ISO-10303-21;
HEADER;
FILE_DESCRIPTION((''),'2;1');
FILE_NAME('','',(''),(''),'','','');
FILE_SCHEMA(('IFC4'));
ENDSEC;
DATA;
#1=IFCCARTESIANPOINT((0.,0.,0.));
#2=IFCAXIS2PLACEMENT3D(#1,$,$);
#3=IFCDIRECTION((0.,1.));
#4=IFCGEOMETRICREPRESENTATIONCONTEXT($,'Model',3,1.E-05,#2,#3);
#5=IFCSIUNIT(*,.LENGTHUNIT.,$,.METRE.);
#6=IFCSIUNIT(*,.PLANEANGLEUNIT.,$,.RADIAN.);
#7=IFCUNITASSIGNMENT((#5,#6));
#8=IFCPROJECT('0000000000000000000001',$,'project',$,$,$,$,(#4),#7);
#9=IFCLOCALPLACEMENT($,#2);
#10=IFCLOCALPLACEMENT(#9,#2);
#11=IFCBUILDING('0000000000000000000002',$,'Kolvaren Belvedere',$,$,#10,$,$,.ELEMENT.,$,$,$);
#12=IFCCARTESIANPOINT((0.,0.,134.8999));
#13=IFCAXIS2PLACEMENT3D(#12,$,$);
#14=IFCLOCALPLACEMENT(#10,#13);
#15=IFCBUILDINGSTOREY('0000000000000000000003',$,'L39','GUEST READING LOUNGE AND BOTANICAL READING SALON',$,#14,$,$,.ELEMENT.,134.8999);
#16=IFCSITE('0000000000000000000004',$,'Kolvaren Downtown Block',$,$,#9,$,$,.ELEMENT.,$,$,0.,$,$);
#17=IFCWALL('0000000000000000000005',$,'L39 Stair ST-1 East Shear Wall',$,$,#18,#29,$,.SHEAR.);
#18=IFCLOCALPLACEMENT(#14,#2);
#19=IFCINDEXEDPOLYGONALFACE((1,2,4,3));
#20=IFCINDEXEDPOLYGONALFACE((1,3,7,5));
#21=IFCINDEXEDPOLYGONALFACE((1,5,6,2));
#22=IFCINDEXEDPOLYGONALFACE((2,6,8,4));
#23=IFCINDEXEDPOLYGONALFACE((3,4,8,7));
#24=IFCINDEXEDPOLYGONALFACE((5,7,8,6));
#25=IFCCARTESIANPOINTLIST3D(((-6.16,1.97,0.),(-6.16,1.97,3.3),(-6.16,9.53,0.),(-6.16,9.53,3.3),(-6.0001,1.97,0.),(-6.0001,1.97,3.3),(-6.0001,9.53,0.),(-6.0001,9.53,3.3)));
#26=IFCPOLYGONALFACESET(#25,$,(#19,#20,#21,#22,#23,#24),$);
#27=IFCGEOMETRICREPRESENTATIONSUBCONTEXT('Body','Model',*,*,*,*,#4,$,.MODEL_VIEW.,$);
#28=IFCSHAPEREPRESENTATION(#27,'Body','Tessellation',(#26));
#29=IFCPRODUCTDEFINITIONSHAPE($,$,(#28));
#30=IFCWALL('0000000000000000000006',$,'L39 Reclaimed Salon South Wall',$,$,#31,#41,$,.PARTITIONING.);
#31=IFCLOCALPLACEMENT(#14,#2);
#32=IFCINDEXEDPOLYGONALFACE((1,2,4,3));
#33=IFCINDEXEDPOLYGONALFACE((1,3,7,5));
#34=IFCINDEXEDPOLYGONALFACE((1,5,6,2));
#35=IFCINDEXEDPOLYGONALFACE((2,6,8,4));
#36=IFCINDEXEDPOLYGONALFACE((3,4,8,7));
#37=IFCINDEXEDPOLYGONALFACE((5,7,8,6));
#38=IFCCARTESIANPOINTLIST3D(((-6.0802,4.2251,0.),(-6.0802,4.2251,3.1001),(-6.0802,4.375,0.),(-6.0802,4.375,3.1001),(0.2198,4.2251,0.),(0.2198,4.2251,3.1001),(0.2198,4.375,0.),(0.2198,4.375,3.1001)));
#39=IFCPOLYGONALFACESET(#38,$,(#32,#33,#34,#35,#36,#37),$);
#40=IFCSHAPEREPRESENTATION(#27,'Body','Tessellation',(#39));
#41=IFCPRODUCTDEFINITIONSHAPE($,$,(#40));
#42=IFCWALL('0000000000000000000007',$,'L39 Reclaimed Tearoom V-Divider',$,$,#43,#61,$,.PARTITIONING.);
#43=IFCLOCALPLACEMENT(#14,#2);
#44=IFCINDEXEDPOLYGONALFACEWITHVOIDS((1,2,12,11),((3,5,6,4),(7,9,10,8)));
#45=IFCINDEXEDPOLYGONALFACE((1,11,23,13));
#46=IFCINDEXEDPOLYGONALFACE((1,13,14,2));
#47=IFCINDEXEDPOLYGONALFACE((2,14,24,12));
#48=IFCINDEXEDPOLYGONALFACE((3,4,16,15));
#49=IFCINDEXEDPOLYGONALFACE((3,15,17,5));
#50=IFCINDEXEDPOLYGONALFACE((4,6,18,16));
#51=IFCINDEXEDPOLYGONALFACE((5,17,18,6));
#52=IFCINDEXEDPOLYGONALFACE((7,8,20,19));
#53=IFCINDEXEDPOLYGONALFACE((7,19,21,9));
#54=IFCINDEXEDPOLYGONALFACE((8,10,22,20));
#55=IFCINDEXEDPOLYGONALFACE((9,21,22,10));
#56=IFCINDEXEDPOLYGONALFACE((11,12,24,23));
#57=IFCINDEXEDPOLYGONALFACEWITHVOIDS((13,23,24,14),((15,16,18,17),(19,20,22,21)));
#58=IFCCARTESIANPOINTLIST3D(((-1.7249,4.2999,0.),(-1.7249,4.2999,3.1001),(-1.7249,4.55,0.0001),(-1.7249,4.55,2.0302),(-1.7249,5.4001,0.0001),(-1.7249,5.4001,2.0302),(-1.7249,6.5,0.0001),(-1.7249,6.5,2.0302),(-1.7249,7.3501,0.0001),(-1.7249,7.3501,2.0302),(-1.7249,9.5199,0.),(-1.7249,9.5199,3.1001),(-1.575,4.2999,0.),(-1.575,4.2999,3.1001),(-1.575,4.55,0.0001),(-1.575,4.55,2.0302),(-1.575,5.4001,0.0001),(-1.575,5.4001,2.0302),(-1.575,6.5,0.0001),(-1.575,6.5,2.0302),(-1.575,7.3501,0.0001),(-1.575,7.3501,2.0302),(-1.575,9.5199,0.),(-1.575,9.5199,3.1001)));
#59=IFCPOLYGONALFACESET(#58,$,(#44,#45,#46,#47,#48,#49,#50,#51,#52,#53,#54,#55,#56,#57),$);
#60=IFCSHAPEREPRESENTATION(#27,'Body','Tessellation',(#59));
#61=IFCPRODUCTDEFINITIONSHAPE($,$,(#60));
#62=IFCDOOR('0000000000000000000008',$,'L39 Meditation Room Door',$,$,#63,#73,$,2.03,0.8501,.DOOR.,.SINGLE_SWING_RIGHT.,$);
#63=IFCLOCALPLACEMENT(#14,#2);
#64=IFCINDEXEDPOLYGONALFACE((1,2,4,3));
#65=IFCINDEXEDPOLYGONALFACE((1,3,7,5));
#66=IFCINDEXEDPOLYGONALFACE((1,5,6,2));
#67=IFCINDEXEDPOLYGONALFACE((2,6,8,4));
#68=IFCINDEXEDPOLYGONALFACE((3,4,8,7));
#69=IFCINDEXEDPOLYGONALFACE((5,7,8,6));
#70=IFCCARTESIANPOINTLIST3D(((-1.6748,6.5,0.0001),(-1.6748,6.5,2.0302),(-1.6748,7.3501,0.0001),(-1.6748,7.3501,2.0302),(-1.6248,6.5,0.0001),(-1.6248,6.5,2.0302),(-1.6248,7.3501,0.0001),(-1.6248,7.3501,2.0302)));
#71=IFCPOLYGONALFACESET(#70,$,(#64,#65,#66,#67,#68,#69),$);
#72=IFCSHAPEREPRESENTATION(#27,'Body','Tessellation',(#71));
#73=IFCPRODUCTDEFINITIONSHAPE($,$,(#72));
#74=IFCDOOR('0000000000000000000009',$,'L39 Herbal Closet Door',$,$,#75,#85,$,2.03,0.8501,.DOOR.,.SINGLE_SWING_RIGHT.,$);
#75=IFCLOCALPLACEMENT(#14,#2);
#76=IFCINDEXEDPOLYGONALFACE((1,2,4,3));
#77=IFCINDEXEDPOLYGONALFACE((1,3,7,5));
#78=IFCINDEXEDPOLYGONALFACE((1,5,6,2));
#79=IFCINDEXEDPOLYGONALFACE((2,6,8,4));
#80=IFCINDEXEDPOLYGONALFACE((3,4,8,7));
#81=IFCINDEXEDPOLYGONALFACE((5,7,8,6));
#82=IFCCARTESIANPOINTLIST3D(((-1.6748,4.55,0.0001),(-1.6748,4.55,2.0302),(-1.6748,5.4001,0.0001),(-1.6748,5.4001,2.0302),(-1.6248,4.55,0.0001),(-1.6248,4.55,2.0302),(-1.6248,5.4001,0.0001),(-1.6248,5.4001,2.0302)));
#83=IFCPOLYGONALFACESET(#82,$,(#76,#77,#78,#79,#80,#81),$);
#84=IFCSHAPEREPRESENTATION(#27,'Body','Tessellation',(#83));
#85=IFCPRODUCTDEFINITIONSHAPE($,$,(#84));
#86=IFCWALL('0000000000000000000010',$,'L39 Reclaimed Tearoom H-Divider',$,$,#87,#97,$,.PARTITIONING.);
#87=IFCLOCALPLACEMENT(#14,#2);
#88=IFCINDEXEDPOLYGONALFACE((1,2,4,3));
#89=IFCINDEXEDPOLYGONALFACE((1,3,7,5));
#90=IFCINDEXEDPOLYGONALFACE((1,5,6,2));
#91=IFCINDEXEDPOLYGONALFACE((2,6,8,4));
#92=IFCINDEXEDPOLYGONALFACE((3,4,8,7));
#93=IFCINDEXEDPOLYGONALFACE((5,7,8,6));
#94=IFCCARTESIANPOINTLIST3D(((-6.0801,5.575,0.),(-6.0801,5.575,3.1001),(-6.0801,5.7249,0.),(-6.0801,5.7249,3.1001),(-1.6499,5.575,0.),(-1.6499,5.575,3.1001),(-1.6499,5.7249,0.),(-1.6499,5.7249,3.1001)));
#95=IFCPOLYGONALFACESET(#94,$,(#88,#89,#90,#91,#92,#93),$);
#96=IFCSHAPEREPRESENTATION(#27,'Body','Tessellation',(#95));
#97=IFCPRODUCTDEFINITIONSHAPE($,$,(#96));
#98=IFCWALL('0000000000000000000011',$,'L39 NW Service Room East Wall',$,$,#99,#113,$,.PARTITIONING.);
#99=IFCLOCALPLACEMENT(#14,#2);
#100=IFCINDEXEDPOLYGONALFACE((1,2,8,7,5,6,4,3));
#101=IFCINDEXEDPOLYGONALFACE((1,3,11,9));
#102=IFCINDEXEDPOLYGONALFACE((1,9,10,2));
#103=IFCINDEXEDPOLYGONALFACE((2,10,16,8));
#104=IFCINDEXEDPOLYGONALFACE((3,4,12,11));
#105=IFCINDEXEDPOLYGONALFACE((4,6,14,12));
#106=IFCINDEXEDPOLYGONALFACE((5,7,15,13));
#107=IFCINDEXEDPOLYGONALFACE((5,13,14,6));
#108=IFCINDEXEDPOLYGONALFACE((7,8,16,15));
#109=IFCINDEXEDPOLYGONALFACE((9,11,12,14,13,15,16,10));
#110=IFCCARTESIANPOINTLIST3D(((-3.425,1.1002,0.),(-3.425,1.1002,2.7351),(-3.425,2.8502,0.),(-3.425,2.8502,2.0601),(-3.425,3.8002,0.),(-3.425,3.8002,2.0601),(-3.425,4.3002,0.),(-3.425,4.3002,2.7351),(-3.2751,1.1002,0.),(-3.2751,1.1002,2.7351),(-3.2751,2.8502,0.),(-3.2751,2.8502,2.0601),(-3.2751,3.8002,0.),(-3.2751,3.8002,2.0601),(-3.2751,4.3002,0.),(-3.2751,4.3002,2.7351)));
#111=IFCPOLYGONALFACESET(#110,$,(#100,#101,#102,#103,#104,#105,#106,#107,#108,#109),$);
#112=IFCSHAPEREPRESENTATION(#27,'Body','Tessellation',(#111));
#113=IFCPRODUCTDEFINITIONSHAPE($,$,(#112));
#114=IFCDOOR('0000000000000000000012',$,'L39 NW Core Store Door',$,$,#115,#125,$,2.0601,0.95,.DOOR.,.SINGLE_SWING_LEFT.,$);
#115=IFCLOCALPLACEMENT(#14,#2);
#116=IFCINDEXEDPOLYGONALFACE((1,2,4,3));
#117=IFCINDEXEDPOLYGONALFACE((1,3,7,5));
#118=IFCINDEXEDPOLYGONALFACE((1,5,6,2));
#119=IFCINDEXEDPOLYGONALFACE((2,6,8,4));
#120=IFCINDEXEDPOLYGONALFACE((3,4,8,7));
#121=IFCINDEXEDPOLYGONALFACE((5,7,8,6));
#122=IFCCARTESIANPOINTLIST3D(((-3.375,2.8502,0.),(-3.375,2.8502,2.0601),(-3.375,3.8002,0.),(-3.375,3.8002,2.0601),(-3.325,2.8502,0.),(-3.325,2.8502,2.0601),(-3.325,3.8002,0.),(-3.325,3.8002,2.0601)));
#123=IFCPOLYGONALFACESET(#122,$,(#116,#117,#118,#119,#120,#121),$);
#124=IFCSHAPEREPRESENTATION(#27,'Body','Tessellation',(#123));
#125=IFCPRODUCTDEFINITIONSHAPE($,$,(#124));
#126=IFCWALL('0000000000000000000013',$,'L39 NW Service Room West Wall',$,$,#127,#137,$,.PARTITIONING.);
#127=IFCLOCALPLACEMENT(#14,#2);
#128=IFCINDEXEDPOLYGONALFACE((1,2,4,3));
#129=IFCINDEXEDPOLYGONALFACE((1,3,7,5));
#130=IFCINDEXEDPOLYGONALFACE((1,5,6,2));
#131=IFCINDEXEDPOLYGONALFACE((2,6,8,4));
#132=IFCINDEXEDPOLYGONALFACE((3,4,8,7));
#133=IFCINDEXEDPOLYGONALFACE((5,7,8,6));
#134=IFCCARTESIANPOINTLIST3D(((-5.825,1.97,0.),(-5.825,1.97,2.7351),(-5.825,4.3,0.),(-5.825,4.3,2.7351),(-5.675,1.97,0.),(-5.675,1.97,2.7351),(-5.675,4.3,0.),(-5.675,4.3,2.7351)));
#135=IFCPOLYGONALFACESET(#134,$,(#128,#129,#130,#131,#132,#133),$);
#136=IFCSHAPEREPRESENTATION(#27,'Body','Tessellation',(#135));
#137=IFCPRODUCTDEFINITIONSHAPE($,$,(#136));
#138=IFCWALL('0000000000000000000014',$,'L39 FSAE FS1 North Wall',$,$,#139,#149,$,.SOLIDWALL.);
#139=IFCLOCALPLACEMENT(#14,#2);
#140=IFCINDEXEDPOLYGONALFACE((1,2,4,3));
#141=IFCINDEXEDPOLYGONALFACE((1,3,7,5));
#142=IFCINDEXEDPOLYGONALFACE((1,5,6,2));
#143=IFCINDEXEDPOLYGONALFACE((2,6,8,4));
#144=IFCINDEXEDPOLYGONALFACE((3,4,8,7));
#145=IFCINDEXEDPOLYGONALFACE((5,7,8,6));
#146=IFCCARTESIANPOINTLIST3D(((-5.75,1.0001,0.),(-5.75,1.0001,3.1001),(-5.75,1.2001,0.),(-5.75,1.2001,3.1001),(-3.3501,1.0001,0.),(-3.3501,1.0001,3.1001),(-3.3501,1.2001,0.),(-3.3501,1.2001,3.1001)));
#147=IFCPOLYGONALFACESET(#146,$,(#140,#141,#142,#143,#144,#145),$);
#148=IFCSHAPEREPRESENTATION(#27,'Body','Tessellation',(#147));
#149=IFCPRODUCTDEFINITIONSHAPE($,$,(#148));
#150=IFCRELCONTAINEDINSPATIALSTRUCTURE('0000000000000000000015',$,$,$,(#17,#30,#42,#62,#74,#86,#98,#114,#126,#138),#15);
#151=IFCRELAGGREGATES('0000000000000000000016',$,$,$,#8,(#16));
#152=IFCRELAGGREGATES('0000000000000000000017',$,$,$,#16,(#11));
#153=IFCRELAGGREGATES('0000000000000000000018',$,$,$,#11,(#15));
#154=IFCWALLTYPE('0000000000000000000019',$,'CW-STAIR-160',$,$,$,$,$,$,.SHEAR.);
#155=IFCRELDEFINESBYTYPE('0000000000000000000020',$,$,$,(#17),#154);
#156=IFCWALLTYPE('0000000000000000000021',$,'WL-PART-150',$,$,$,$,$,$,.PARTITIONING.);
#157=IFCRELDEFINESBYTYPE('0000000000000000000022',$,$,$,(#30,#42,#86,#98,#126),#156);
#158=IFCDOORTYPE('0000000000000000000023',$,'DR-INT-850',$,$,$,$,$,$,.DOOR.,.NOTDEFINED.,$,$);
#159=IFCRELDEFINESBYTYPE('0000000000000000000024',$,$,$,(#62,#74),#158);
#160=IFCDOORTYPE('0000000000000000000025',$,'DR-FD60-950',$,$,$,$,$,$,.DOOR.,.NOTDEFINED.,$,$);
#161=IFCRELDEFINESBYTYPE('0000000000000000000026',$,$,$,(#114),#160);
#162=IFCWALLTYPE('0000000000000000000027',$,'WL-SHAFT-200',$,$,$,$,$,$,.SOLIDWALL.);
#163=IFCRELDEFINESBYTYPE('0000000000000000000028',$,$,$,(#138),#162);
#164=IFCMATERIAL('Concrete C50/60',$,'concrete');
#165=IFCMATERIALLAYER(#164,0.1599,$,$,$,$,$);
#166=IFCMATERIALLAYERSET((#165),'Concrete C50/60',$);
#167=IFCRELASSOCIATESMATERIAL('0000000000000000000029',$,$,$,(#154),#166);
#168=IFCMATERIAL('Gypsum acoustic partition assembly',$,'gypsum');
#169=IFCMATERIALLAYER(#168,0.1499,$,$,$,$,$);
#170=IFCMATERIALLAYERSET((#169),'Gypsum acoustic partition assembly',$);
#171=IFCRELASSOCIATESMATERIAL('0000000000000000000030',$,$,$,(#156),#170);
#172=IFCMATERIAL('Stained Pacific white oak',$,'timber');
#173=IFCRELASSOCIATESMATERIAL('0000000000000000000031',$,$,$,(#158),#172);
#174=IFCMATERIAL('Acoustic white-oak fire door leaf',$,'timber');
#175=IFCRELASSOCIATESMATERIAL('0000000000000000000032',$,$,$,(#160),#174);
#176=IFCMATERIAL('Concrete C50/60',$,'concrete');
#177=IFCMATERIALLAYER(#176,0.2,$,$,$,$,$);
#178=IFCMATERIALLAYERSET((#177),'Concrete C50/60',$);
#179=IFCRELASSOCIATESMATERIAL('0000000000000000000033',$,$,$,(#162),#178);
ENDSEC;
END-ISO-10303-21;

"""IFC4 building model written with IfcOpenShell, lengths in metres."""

from ifc_helpers import new_model, si_unit, direction, frame, frame_2d, origin, place, context, subcontext, project, spatial, rectangle, extrude, material, layer, layer_set, type_object, element, fill, save


model = new_model("IFC4")

# Units and contexts
model_context = context("Model", 3, precision=1e-05, world=origin(), true_north=direction((0.0, 1.0)))
body_context = subcontext(model_context, "Body", "Model", "MODEL_VIEW")
ifc_project = project(units=[si_unit("LENGTHUNIT", "METRE"), si_unit("PLANEANGLEUNIT", "RADIAN")], contexts=[model_context])

# Site, building, storey
site_placement = place(None, origin())
site = spatial("IfcSite", under=ifc_project, at=site_placement, Name="Kolvaren Downtown Block", CompositionType="ELEMENT", RefElevation=0.0)
building_placement = place(site_placement, origin())
building = spatial("IfcBuilding", under=site, at=building_placement, Name="Kolvaren Belvedere", CompositionType="ELEMENT")
storey_placement = place(building_placement, frame((0.0, 0.0, 134.8999)))
storey = spatial("IfcBuildingStorey", under=building, at=storey_placement, Name="L39", Description="GUEST READING LOUNGE AND BOTANICAL READING SALON", CompositionType="ELEMENT", Elevation=134.8999)

# Shared definitions
ifc_material_1 = material(Name="Concrete C50/60", Category="concrete")
ifc_layer_1 = layer(ifc_material_1, 0.1599)
ifc_layer_set_1 = layer_set([ifc_layer_1], Name="Concrete C50/60")
wall_type_1 = type_object("IfcWallType", Name="CW-STAIR-160", PredefinedType="SHEAR", material=ifc_layer_set_1)

# Walls
for number, where, z_axis, x_axis, name in (
    (1, (-6.0801, 1.97, 0.0), (0.0, 0.0, 1.0), (0.0, 1.0, 0.0), "L39 Stair ST-1 East Shear Wall"),
):
    element("IfcWall", number, at=place(storey_placement, frame(where, z_axis=z_axis, x_axis=x_axis)), inside=storey, type_object=wall_type_1, Name=name, PredefinedType="SHEAR", context=body_context, shape_type="SweptSolid", body=[
        extrude(rectangle(XDim=7.5601, YDim=0.1599, at=frame_2d((3.78, 0.0))), origin(), (0.0, 0.0, 1.0), 3.3),
    ])
ifc_material_2 = material(Name="Gypsum acoustic partition assembly", Category="gypsum")
ifc_layer_2 = layer(ifc_material_2, 0.1499)
ifc_layer_set_2 = layer_set([ifc_layer_2], Name="Gypsum acoustic partition assembly")
wall_type_2 = type_object("IfcWallType", Name="WL-PART-150", PredefinedType="PARTITIONING", material=ifc_layer_set_2)
wall_1_placement = place(storey_placement, frame((-6.0801, 4.3, 0.0), z_axis=(0.0, 0.0, 1.0), x_axis=(1.0, 0.0, 0.0)))
element("IfcWall", 2, at=wall_1_placement, inside=storey, type_object=wall_type_2, Name="L39 Reclaimed Salon South Wall", PredefinedType="PARTITIONING", context=body_context, shape_type="SweptSolid", body=[
    extrude(rectangle(XDim=6.3, YDim=0.1499, at=frame_2d((3.1499, 0.0))), origin(), (0.0, 0.0, 1.0), 3.1001),
])

# Wall, openings, doors
wall_2_placement = place(storey_placement, frame((-1.6499, 4.3, 0.0), z_axis=(0.0, 0.0, 1.0), x_axis=(0.0, 1.0, 0.0)))
wall_2 = element("IfcWall", 3, at=wall_2_placement, inside=storey, type_object=wall_type_2, Name="L39 Reclaimed Tearoom V-Divider", PredefinedType="PARTITIONING", context=body_context, shape_type="SweptSolid", body=[
    extrude(rectangle(XDim=5.22, YDim=0.1499, at=frame_2d((2.6099, 0.0))), origin(), (0.0, 0.0, 1.0), 3.1001),
])
opening_1_placement = place(wall_2_placement, frame((2.2, 0.0, 0.0)))
opening_1 = element("IfcOpeningElement", 4, at=opening_1_placement, cuts=wall_2, PredefinedType="OPENING", context=body_context, shape_type="SweptSolid", body=[
    extrude(rectangle(XDim=0.8501, YDim=2.03, at=frame_2d((0.425, 1.0151))), frame((0.0, 0.085, 0.0), z_axis=(0.0, -1.0, 0.0), x_axis=(1.0, 0.0, 0.0)), (0.0, 0.0, 1.0), 0.1699),
])
opening_2_placement = place(wall_2_placement, frame((0.25, 0.0, 0.0)))
opening_2 = element("IfcOpeningElement", 5, at=opening_2_placement, cuts=wall_2, PredefinedType="OPENING", context=body_context, shape_type="SweptSolid", body=[
    extrude(rectangle(XDim=0.8501, YDim=2.03, at=frame_2d((0.425, 1.0151))), frame((0.0, 0.085, 0.0), z_axis=(0.0, -1.0, 0.0), x_axis=(1.0, 0.0, 0.0)), (0.0, 0.0, 1.0), 0.1699),
])
ifc_material_3 = material(Name="Stained Pacific white oak", Category="timber")
door_type_1 = type_object("IfcDoorType", Name="DR-INT-850", OperationType="NOTDEFINED", PredefinedType="DOOR", material=ifc_material_3)
door_1_placement = place(opening_1_placement, origin())
door_1 = element("IfcDoor", 6, at=door_1_placement, inside=storey, type_object=door_type_1, Name="L39 Meditation Room Door", OperationType="SINGLE_SWING_RIGHT", OverallHeight=2.03, OverallWidth=0.8501, PredefinedType="DOOR", context=body_context, shape_type="SweptSolid", body=[
    extrude(rectangle(XDim=0.8501, YDim=2.03, at=frame_2d((0.425, 1.0151))), frame((0.0, 0.0249, 0.0), z_axis=(0.0, -1.0, 0.0), x_axis=(1.0, 0.0, 0.0)), (0.0, 0.0, 1.0), 0.05),
])
fill(opening_1, door_1)
door_2_placement = place(opening_2_placement, origin())
door_2 = element("IfcDoor", 7, at=door_2_placement, inside=storey, type_object=door_type_1, Name="L39 Herbal Closet Door", OperationType="SINGLE_SWING_RIGHT", OverallHeight=2.03, OverallWidth=0.8501, PredefinedType="DOOR", context=body_context, shape_type="SweptSolid", body=[
    extrude(rectangle(XDim=0.8501, YDim=2.03, at=frame_2d((0.425, 1.0151))), frame((0.0, 0.0249, 0.0), z_axis=(0.0, -1.0, 0.0), x_axis=(1.0, 0.0, 0.0)), (0.0, 0.0, 1.0), 0.05),
])
fill(opening_2, door_2)

# Wall
wall_3_placement = place(storey_placement, frame((-6.0801, 5.6499, 0.0), z_axis=(0.0, 0.0, 1.0), x_axis=(1.0, 0.0, 0.0)))
element("IfcWall", 8, at=wall_3_placement, inside=storey, type_object=wall_type_2, Name="L39 Reclaimed Tearoom H-Divider", PredefinedType="PARTITIONING", context=body_context, shape_type="SweptSolid", body=[
    extrude(rectangle(XDim=4.4302, YDim=0.1499, at=frame_2d((2.2151, 0.0))), origin(), (0.0, 0.0, 1.0), 3.1001),
])

# Wall, opening, door
wall_4_placement = place(storey_placement, frame((-3.3501, 1.1001, 0.0), z_axis=(0.0, 0.0, 1.0), x_axis=(0.0, 1.0, 0.0)))
wall_4 = element("IfcWall", 9, at=wall_4_placement, inside=storey, type_object=wall_type_2, Name="L39 NW Service Room East Wall", PredefinedType="PARTITIONING", context=body_context, shape_type="SweptSolid", body=[
    extrude(rectangle(XDim=3.2, YDim=0.1499, at=frame_2d((1.6001, 0.0))), origin(), (0.0, 0.0, 1.0), 2.7351),
])
opening_3_placement = place(wall_4_placement, frame((1.75, 0.0, 0.0)))
opening_3 = element("IfcOpeningElement", 10, at=opening_3_placement, cuts=wall_4, PredefinedType="OPENING", context=body_context, shape_type="SweptSolid", body=[
    extrude(rectangle(XDim=0.95, YDim=2.0601, at=frame_2d((0.4751, 1.03))), frame((0.0, 0.085, 0.0), z_axis=(0.0, -1.0, 0.0), x_axis=(1.0, 0.0, 0.0)), (0.0, 0.0, 1.0), 0.1699),
])
ifc_material_4 = material(Name="Acoustic white-oak fire door leaf", Category="timber")
door_type_2 = type_object("IfcDoorType", Name="DR-FD60-950", OperationType="NOTDEFINED", PredefinedType="DOOR", material=ifc_material_4)
door_3_placement = place(opening_3_placement, origin())
door_3 = element("IfcDoor", 11, at=door_3_placement, inside=storey, type_object=door_type_2, Name="L39 NW Core Store Door", OperationType="SINGLE_SWING_LEFT", OverallHeight=2.0601, OverallWidth=0.95, PredefinedType="DOOR", context=body_context, shape_type="SweptSolid", body=[
    extrude(rectangle(XDim=0.95, YDim=2.0601, at=frame_2d((0.4751, 1.03))), frame((0.0, 0.0249, 0.0), z_axis=(0.0, -1.0, 0.0), x_axis=(1.0, 0.0, 0.0)), (0.0, 0.0, 1.0), 0.05),
])
fill(opening_3, door_3)

# Walls
wall_5_placement = place(storey_placement, frame((-5.75, 1.97, 0.0), z_axis=(0.0, 0.0, 1.0), x_axis=(0.0, 1.0, 0.0)))
element("IfcWall", 12, at=wall_5_placement, inside=storey, type_object=wall_type_2, Name="L39 NW Service Room West Wall", PredefinedType="PARTITIONING", context=body_context, shape_type="SweptSolid", body=[
    extrude(rectangle(XDim=2.3301, YDim=0.1499, at=frame_2d((1.165, 0.0))), origin(), (0.0, 0.0, 1.0), 2.7351),
])
ifc_material_5 = material(Name="Concrete C50/60", Category="concrete")
ifc_layer_3 = layer(ifc_material_5, 0.2)
ifc_layer_set_3 = layer_set([ifc_layer_3], Name="Concrete C50/60")
wall_type_3 = type_object("IfcWallType", Name="WL-SHAFT-200", PredefinedType="SOLIDWALL", material=ifc_layer_set_3)
wall_6_placement = place(storey_placement, frame((-5.75, 1.1001, 0.0), z_axis=(0.0, 0.0, 1.0), x_axis=(1.0, 0.0, 0.0)))
element("IfcWall", 13, at=wall_6_placement, inside=storey, type_object=wall_type_3, Name="L39 FSAE FS1 North Wall", PredefinedType="SOLIDWALL", context=body_context, shape_type="SweptSolid", body=[
    extrude(rectangle(XDim=2.3999, YDim=0.2, at=frame_2d((1.2, 0.0))), origin(), (0.0, 0.0, 1.0), 3.1001),
])

save(model, "model.ifc")
